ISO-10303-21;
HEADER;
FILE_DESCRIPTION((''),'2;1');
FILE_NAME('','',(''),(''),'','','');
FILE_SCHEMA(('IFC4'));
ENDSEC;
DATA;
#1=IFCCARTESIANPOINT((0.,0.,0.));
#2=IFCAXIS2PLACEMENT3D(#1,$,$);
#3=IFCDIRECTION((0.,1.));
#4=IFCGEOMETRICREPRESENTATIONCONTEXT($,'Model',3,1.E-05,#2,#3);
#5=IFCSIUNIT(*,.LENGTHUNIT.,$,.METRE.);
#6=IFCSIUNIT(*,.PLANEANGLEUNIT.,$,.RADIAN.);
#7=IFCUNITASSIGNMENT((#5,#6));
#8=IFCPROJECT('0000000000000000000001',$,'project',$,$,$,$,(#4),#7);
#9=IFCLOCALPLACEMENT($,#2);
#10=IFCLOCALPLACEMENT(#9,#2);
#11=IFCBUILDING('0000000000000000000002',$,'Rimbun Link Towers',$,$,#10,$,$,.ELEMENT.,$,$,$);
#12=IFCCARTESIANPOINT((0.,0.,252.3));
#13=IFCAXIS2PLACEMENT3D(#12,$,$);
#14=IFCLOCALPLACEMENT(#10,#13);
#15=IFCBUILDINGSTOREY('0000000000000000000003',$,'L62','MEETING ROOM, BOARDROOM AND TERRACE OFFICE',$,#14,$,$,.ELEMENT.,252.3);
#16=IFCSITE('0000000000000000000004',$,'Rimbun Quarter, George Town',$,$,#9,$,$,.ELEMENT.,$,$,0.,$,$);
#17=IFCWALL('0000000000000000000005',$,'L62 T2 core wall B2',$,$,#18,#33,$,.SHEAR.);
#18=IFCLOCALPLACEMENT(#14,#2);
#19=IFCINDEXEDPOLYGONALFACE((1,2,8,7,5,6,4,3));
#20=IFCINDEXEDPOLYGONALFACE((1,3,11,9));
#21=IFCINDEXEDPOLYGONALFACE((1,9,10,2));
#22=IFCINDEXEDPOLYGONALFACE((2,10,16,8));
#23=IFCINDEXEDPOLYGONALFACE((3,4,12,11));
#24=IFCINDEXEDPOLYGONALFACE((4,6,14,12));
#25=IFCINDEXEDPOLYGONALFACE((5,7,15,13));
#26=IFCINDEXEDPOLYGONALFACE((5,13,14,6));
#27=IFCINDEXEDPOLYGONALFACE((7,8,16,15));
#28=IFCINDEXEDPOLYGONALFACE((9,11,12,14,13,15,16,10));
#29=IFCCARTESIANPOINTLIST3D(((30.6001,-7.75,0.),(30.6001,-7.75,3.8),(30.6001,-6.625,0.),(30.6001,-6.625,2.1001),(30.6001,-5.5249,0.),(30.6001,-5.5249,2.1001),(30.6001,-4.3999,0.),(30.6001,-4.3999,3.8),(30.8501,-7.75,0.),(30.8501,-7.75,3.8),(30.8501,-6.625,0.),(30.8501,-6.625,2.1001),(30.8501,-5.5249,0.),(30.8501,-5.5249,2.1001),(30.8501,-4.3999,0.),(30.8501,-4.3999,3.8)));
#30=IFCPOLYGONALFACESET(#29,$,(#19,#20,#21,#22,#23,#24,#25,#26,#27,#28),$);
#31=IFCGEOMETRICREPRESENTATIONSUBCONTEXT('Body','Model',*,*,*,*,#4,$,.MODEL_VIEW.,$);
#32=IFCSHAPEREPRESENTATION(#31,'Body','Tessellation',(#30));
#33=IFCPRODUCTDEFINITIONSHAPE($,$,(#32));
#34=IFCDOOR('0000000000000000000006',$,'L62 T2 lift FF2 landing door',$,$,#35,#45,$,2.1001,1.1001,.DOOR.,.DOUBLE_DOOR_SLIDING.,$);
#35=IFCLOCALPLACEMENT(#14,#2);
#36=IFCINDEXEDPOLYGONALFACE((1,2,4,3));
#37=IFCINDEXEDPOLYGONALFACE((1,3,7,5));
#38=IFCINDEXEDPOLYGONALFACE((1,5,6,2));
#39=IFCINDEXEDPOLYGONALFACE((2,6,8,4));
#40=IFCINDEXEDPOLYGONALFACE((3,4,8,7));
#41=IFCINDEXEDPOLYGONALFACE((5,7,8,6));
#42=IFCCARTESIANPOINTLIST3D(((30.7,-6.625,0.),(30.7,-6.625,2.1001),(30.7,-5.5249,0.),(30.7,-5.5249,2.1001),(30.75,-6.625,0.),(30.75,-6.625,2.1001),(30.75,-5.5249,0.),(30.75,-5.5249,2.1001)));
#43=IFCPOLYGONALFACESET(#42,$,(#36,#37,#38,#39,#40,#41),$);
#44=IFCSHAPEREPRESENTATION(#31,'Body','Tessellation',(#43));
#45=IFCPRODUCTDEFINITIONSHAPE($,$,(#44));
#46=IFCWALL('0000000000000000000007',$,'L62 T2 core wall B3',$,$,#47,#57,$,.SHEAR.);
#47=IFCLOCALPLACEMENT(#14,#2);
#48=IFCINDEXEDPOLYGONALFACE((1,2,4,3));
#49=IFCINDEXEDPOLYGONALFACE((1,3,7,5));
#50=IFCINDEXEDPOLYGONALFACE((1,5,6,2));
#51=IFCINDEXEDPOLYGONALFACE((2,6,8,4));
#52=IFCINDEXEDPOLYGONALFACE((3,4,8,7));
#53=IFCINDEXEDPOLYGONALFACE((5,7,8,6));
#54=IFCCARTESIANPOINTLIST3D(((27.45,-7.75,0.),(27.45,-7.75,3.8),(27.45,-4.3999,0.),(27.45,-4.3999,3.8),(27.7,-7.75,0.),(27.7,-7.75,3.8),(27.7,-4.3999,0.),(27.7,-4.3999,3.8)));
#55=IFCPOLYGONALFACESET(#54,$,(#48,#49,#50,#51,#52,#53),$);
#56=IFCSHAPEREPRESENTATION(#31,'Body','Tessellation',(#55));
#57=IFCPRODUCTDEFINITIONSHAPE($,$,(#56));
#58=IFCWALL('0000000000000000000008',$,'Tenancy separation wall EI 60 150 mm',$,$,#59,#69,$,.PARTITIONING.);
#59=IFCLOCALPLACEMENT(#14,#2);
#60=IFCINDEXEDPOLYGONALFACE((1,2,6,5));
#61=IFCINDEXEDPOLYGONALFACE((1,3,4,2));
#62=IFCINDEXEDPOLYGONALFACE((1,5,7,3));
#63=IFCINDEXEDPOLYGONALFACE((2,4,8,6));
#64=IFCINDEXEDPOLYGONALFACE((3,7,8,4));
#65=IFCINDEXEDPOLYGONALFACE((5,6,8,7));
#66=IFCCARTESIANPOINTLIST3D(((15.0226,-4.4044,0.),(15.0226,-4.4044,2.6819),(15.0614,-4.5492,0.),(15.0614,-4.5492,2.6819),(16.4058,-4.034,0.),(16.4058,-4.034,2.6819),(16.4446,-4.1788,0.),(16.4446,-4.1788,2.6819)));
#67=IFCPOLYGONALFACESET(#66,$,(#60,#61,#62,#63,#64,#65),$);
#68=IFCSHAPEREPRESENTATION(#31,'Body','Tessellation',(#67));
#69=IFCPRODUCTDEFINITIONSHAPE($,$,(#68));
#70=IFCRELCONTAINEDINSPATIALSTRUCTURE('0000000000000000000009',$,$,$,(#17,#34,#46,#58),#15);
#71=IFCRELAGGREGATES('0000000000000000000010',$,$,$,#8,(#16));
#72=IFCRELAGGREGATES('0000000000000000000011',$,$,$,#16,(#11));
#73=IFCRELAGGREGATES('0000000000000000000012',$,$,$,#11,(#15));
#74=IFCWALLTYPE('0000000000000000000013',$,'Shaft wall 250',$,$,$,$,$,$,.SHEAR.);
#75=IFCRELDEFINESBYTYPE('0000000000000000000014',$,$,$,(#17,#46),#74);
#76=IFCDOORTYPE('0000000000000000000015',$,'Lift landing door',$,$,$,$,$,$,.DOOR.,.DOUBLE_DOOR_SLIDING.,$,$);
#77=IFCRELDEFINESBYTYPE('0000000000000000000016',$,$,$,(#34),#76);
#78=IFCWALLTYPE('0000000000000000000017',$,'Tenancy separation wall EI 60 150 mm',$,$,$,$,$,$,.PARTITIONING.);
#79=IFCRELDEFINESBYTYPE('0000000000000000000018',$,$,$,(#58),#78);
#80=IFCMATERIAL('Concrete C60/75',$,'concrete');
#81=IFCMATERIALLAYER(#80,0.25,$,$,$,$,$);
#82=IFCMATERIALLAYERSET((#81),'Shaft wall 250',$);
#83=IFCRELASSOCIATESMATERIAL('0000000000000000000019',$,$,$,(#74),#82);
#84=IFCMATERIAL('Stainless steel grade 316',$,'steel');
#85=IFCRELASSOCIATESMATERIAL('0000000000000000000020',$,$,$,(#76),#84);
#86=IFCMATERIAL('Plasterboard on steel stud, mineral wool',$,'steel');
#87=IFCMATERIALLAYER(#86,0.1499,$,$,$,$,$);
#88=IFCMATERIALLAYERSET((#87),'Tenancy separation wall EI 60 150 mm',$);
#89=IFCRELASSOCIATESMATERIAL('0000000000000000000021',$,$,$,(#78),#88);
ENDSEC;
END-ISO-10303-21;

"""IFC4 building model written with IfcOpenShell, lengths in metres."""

from ifc_helpers import new_model, si_unit, direction, frame, frame_2d, origin, place, context, subcontext, project, spatial, rectangle, extrude, material, layer, layer_set, type_object, element, fill, save


model = new_model("IFC4")

# Units and contexts
model_context = context("Model", 3, precision=1e-05, world=origin(), true_north=direction((0.0, 1.0)))
body_context = subcontext(model_context, "Body", "Model", "MODEL_VIEW")
ifc_project = project(units=[si_unit("LENGTHUNIT", "METRE"), si_unit("PLANEANGLEUNIT", "RADIAN")], contexts=[model_context])

# Site, building, storey
site_placement = place(None, origin())
site = spatial("IfcSite", under=ifc_project, at=site_placement, Name="Rimbun Quarter, George Town", CompositionType="ELEMENT", RefElevation=0.0)
building_placement = place(site_placement, origin())
building = spatial("IfcBuilding", under=site, at=building_placement, Name="Rimbun Link Towers", CompositionType="ELEMENT")
storey_placement = place(building_placement, frame((0.0, 0.0, 252.3)))
storey = spatial("IfcBuildingStorey", under=building, at=storey_placement, Name="L62", Description="MEETING ROOM, BOARDROOM AND TERRACE OFFICE", CompositionType="ELEMENT", Elevation=252.3)

# Shared definitions
ifc_material_1 = material(Name="Concrete C60/75", Category="concrete")
ifc_layer_1 = layer(ifc_material_1, 0.25)
ifc_layer_set_1 = layer_set([ifc_layer_1], Name="Shaft wall 250")
wall_type_1 = type_object("IfcWallType", Name="Shaft wall 250", PredefinedType="SHEAR", material=ifc_layer_set_1)

# Shared definitions
ifc_material_2 = material(Name="Stainless steel grade 316", Category="steel")
door_type_1 = type_object("IfcDoorType", Name="Lift landing door", OperationType="DOUBLE_DOOR_SLIDING", PredefinedType="DOOR", material=ifc_material_2)

# Wall, opening, door
wall_1_placement = place(storey_placement, frame((30.7251, -4.3999, 0.0), z_axis=(0.0, 0.0, 1.0), x_axis=(0.0, -1.0, 0.0)))
wall_1 = element("IfcWall", 1, at=wall_1_placement, inside=storey, type_object=wall_type_1, Name="L62 T2 core wall B2", PredefinedType="SHEAR", context=body_context, shape_type="SweptSolid", body=[
    extrude(rectangle(XDim=3.3501, YDim=0.25, at=frame_2d((1.675, 0.0))), origin(), (0.0, 0.0, 1.0), 3.8),
])
opening_1_placement = place(wall_1_placement, frame((1.125, 0.0, 0.0)))
opening_1 = element("IfcOpeningElement", 2, at=opening_1_placement, cuts=wall_1, PredefinedType="OPENING", context=body_context, shape_type="SweptSolid", body=[
    extrude(rectangle(XDim=1.1001, YDim=2.1001, at=frame_2d((0.55, 1.05))), frame((0.0, 0.135, 0.0), z_axis=(0.0, -1.0, 0.0), x_axis=(1.0, 0.0, 0.0)), (0.0, 0.0, 1.0), 0.27),
])
door_1_placement = place(opening_1_placement, origin())
door_1 = element("IfcDoor", 3, at=door_1_placement, inside=storey, type_object=door_type_1, Name="L62 T2 lift FF2 landing door", OperationType="DOUBLE_DOOR_SLIDING", OverallHeight=2.1001, OverallWidth=1.1001, PredefinedType="DOOR", context=body_context, shape_type="SweptSolid", body=[
    extrude(rectangle(XDim=1.1001, YDim=2.1001, at=frame_2d((0.55, 1.05))), frame((0.0, 0.0249, 0.0), z_axis=(0.0, -1.0, 0.0), x_axis=(1.0, 0.0, 0.0)), (0.0, 0.0, 1.0), 0.05),
])
fill(opening_1, door_1)

# Walls
wall_2_placement = place(storey_placement, frame((27.575, -4.3999, 0.0), z_axis=(0.0, 0.0, 1.0), x_axis=(0.0, -1.0, 0.0)))
element("IfcWall", 4, at=wall_2_placement, inside=storey, type_object=wall_type_1, Name="L62 T2 core wall B3", PredefinedType="SHEAR", context=body_context, shape_type="SweptSolid", body=[
    extrude(rectangle(XDim=3.3501, YDim=0.25, at=frame_2d((1.675, 0.0))), origin(), (0.0, 0.0, 1.0), 3.8),
])
ifc_material_3 = material(Name="Plasterboard on steel stud, mineral wool", Category="steel")
ifc_layer_2 = layer(ifc_material_3, 0.1499)
ifc_layer_set_2 = layer_set([ifc_layer_2], Name="Tenancy separation wall EI 60 150 mm")
wall_type_2 = type_object("IfcWallType", Name="Tenancy separation wall EI 60 150 mm", PredefinedType="PARTITIONING", material=ifc_layer_set_2)
wall_3_placement = place(storey_placement, frame((16.425, -4.1064, 0.0), z_axis=(0.0, 0.0, 1.0), x_axis=(-0.965966, -0.258671, 0.0)))
element("IfcWall", 5, at=wall_3_placement, inside=storey, type_object=wall_type_2, Name="Tenancy separation wall EI 60 150 mm", PredefinedType="PARTITIONING", context=body_context, shape_type="SweptSolid", body=[
    extrude(rectangle(XDim=1.4319, YDim=0.1499, at=frame_2d((0.7158, 0.0))), origin(), (0.0, 0.0, 1.0), 2.6819),
])

save(model, "model.ifc")
